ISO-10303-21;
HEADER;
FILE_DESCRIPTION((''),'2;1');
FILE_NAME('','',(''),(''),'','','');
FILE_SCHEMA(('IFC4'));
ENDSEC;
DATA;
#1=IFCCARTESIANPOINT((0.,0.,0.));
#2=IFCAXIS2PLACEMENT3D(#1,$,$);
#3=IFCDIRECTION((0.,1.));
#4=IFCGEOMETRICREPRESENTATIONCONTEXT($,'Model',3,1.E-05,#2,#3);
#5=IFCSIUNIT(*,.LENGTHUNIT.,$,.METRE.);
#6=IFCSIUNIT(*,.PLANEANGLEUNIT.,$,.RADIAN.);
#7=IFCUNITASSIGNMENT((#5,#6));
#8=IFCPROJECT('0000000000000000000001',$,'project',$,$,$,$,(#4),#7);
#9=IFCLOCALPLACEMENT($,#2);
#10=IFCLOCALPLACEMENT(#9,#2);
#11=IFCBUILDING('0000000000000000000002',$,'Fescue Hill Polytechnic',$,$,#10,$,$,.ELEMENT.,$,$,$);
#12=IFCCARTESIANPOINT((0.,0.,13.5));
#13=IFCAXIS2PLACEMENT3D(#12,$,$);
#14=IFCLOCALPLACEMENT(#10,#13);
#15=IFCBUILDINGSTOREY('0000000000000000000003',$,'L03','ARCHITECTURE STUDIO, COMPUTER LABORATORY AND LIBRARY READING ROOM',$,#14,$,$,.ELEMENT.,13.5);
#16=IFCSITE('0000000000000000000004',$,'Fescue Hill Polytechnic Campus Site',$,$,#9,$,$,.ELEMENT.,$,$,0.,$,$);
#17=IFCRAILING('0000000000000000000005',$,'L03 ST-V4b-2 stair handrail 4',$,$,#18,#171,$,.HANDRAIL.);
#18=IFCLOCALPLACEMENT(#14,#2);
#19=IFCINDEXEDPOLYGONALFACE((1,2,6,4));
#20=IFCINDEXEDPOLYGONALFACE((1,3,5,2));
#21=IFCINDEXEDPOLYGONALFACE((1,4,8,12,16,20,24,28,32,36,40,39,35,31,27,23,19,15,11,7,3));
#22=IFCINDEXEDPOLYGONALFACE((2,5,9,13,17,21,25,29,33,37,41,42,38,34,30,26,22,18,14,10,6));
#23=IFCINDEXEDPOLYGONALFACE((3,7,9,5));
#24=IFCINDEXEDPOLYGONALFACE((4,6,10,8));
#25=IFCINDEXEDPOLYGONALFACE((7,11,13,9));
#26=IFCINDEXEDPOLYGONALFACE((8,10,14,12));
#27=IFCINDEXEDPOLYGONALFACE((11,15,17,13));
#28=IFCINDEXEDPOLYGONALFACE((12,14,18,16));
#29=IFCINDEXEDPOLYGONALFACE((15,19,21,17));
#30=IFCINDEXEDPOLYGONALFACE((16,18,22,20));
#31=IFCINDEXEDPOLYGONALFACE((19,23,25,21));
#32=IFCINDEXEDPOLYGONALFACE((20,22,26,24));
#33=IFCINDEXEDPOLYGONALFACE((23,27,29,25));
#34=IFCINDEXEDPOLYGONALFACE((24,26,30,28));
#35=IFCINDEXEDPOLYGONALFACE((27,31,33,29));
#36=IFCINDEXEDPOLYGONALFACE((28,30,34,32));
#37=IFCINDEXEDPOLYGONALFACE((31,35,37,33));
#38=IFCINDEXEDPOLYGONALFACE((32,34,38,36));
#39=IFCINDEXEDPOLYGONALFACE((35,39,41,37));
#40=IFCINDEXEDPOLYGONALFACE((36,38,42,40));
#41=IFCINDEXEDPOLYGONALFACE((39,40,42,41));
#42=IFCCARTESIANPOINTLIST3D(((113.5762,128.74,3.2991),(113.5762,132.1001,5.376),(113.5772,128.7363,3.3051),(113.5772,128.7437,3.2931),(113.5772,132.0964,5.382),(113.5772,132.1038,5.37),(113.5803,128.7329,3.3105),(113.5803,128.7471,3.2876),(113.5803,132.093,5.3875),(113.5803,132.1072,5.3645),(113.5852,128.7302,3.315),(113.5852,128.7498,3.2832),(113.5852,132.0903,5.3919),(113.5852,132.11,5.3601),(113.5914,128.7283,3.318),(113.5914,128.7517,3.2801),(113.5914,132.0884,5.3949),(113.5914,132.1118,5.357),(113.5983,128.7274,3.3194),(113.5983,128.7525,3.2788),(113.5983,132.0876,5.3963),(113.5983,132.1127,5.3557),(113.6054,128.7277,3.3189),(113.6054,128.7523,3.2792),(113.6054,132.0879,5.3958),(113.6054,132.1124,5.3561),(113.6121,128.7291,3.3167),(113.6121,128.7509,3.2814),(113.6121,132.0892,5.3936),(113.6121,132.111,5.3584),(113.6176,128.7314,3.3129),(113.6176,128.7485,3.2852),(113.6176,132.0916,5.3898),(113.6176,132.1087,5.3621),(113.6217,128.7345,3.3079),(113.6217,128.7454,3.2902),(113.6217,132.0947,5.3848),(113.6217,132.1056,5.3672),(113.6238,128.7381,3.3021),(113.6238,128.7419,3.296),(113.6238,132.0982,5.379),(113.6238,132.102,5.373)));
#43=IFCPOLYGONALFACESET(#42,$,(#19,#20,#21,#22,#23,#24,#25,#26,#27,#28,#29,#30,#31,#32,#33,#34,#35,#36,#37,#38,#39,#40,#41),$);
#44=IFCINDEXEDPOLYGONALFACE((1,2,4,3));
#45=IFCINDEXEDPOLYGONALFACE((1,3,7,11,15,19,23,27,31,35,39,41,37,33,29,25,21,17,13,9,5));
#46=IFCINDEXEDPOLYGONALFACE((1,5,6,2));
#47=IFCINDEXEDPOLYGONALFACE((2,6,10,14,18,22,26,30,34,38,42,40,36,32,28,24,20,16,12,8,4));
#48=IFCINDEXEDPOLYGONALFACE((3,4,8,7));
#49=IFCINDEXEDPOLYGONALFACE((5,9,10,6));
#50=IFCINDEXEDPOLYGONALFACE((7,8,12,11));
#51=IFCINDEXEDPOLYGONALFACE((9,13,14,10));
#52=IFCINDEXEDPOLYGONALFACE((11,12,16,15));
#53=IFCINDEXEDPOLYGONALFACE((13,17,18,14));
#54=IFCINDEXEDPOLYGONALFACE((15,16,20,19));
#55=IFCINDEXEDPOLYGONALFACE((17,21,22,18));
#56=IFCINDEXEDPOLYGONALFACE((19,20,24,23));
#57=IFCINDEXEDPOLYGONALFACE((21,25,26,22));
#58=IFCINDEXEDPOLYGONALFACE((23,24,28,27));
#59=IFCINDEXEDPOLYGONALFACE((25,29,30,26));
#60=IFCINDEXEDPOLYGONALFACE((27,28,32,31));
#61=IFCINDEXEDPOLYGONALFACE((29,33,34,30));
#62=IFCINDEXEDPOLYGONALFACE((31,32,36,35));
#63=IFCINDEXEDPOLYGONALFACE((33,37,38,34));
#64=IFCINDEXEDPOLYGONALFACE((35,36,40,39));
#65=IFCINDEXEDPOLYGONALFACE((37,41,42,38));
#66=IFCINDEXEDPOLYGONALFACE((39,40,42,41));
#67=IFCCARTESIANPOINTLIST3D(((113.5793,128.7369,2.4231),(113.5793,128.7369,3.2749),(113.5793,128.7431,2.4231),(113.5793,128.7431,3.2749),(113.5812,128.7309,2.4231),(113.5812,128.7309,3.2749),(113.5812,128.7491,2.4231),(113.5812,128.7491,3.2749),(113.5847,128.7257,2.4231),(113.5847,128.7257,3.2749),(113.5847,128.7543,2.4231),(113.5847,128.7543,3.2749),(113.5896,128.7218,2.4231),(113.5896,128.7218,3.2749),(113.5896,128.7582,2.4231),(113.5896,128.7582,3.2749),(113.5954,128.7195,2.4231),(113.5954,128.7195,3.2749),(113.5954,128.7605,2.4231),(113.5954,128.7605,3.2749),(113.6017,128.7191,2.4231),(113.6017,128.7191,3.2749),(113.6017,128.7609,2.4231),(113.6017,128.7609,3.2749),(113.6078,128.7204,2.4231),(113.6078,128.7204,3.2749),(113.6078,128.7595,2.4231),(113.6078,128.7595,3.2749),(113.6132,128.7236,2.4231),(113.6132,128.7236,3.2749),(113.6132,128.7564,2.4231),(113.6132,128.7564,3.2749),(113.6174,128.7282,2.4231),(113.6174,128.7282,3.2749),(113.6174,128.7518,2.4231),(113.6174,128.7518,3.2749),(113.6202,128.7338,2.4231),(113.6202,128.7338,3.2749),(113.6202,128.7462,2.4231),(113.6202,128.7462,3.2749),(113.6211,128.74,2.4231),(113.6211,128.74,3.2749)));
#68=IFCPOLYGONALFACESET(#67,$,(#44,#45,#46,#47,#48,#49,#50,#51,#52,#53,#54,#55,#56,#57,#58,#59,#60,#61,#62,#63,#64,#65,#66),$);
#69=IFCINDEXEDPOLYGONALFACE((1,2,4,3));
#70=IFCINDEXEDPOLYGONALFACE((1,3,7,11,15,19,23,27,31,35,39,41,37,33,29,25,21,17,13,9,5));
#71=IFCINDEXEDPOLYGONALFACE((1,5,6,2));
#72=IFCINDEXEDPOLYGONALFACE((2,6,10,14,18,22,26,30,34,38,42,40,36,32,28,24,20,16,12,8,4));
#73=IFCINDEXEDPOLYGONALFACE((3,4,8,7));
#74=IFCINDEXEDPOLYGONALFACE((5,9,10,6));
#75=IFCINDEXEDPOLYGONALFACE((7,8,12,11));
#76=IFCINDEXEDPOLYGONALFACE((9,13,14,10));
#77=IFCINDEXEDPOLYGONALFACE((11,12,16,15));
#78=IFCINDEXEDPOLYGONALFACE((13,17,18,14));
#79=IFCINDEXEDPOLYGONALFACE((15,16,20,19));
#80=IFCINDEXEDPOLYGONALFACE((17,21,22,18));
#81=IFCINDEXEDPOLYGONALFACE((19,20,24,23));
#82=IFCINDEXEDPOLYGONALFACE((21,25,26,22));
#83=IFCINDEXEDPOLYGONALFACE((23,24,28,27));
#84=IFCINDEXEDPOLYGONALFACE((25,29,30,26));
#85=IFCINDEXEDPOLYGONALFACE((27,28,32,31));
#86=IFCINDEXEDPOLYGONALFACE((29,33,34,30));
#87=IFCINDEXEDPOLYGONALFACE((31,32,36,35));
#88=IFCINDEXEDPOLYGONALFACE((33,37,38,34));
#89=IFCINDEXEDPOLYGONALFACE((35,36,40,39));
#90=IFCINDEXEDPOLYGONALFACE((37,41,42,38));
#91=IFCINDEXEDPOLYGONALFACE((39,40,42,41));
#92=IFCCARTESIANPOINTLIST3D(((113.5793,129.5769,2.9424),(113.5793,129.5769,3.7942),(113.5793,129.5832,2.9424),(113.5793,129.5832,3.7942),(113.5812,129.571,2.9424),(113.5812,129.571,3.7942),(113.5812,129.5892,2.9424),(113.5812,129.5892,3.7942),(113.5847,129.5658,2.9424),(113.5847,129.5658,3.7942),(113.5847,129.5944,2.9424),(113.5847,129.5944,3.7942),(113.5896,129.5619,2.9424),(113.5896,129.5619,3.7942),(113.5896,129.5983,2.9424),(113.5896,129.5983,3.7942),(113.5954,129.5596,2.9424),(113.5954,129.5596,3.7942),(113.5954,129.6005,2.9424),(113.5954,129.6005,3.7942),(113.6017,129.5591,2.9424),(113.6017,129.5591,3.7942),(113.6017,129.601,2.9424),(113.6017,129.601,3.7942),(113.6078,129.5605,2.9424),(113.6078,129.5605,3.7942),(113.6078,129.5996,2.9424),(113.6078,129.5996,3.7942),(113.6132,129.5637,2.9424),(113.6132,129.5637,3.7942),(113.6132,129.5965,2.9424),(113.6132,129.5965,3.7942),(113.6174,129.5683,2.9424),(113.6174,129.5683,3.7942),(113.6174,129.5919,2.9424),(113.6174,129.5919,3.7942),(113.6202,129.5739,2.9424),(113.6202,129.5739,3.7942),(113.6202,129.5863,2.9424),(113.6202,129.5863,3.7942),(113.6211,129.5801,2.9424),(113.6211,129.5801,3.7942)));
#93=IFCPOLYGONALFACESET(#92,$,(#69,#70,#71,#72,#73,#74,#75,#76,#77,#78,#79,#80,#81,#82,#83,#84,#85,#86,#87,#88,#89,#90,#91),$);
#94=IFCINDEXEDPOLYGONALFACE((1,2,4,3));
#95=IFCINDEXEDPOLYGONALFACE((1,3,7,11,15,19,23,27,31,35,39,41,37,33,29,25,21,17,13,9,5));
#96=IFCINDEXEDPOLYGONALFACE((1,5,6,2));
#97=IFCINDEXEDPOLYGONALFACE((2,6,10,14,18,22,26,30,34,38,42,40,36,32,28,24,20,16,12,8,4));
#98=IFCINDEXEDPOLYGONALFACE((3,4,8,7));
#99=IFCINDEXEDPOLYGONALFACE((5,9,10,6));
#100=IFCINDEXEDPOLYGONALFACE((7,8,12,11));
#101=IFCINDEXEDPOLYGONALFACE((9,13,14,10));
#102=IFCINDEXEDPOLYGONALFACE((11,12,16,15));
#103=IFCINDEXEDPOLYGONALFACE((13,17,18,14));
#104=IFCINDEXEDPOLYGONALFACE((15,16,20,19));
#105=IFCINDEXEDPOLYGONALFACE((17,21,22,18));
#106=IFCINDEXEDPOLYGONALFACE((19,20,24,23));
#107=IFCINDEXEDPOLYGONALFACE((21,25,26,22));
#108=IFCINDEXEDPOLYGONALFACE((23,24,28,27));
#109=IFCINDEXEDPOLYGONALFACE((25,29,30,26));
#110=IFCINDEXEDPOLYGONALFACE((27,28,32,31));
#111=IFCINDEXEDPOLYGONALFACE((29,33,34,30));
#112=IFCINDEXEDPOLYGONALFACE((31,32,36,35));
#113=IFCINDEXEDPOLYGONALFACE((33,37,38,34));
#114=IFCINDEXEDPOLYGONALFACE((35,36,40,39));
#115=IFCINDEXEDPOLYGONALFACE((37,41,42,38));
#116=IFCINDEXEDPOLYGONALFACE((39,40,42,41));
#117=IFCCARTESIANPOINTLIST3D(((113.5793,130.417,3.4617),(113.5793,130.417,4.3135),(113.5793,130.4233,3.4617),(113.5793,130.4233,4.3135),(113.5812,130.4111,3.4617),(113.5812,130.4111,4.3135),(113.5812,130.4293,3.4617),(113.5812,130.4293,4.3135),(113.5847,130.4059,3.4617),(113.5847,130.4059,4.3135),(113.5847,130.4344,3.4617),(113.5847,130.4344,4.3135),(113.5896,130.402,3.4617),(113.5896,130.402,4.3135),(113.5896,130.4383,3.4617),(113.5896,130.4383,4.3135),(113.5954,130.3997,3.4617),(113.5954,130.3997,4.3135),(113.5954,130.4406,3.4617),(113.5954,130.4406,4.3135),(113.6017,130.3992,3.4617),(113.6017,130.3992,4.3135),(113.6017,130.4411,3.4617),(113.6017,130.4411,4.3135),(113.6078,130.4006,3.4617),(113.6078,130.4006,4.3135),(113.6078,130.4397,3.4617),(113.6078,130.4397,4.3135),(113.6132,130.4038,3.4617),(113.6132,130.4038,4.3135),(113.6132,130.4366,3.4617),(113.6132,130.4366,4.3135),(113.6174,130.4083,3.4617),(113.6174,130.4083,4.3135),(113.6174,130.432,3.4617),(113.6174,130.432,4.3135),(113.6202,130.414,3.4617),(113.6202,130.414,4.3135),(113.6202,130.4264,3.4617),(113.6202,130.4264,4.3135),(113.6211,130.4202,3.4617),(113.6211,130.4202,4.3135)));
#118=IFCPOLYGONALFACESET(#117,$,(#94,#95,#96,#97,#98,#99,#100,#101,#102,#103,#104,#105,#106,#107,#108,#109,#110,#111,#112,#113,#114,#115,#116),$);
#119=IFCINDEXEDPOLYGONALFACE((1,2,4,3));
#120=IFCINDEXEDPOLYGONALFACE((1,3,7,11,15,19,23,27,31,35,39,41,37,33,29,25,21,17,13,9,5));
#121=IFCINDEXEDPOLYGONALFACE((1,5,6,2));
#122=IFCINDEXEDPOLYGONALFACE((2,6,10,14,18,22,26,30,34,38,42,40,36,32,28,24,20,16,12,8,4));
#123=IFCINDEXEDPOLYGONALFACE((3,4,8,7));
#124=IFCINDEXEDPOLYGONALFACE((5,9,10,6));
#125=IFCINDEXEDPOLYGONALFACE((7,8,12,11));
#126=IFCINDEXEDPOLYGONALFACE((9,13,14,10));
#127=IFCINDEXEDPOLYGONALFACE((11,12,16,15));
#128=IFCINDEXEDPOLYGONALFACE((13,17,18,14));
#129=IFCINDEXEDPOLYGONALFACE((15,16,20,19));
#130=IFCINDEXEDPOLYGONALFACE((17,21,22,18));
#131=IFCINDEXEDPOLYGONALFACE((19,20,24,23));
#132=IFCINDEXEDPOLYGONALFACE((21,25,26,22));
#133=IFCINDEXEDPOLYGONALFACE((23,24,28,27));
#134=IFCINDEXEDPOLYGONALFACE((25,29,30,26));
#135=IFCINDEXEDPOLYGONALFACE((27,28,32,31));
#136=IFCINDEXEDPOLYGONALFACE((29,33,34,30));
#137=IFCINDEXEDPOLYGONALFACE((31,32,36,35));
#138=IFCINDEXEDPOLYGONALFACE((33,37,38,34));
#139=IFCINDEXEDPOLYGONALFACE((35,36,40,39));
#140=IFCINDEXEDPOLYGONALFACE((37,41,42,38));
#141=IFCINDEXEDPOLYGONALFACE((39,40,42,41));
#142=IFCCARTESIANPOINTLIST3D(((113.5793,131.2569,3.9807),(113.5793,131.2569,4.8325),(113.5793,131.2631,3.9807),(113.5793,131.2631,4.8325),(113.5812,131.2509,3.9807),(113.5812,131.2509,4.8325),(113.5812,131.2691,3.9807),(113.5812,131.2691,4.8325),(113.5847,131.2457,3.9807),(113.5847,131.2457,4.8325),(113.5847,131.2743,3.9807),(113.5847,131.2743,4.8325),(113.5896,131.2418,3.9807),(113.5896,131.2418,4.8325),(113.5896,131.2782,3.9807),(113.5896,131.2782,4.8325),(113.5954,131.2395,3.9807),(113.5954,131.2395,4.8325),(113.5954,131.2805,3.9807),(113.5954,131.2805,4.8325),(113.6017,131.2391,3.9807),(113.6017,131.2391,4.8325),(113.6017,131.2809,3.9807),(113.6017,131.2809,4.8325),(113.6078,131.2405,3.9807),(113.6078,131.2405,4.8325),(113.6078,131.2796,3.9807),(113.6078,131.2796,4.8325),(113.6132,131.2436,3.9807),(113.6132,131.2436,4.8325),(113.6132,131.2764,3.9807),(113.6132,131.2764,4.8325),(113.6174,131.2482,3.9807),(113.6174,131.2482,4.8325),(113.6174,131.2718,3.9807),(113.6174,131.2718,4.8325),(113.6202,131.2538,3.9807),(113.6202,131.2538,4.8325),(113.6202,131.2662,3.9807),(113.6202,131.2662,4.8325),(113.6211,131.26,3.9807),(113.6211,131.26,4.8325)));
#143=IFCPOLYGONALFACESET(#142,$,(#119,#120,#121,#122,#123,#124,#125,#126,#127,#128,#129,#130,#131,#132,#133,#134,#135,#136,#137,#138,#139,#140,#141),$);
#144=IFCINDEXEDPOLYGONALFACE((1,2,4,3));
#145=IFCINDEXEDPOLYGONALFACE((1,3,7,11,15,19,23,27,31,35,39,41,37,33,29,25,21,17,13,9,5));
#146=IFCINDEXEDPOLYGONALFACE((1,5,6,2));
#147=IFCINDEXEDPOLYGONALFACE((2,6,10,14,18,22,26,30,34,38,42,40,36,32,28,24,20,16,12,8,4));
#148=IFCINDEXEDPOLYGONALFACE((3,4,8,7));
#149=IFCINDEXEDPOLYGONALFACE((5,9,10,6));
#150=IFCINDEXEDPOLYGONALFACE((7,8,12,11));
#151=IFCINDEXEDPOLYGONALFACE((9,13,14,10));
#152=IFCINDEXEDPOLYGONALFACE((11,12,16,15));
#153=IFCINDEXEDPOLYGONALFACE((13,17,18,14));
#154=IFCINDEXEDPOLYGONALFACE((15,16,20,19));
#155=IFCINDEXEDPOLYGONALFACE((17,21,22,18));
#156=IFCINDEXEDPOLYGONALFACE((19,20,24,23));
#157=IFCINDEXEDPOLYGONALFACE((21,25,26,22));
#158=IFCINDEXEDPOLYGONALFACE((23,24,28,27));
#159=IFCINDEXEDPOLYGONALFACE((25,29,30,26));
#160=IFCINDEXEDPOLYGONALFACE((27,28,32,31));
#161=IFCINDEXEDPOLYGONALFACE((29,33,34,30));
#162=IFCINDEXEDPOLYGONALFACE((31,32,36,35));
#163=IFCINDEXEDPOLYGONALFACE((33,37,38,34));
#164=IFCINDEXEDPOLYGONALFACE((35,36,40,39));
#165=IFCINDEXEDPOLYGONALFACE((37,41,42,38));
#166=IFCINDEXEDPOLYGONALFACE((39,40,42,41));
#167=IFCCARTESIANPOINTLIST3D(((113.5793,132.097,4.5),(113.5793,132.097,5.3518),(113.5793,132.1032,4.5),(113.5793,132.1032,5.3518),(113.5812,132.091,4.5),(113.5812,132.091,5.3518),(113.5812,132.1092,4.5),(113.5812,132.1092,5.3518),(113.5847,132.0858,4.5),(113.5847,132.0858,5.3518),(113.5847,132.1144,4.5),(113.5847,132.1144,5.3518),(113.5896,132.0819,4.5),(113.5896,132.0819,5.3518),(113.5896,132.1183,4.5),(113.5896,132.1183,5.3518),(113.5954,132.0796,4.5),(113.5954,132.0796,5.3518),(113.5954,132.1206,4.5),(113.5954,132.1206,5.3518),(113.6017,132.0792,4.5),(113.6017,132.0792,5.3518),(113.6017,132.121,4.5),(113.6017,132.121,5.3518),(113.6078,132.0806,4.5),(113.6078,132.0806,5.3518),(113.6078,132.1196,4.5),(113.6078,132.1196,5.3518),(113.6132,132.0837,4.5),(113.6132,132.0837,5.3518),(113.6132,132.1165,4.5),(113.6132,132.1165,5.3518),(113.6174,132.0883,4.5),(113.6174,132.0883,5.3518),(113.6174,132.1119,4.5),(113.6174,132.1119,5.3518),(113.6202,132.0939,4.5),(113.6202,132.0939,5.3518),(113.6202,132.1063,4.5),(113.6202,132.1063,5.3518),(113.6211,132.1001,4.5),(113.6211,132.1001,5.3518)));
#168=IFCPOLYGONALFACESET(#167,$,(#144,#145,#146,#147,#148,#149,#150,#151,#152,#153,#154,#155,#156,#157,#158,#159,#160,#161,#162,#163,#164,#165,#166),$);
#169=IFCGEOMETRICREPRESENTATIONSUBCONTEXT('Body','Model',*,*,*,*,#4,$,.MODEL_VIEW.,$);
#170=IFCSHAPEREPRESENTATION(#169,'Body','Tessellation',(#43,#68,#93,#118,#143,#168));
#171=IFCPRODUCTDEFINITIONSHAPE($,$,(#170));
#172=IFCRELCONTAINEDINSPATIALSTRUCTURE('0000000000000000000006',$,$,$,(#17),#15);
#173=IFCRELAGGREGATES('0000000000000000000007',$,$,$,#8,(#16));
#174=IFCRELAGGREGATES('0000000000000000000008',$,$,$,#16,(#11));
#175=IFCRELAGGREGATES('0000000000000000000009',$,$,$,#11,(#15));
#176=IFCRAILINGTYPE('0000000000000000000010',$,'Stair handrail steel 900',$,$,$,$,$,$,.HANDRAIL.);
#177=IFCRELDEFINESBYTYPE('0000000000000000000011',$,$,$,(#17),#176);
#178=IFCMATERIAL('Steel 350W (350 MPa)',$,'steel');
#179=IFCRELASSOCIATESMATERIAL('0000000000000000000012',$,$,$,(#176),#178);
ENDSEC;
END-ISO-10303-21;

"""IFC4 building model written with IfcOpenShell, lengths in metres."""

from ifc_helpers import new_model, si_unit, direction, frame, origin, origin_2d, place, context, subcontext, project, spatial, circle, extrude, material, type_object, element, save


model = new_model("IFC4")

# Units and contexts
model_context = context("Model", 3, precision=1e-05, world=origin(), true_north=direction((0.0, 1.0)))
body_context = subcontext(model_context, "Body", "Model", "MODEL_VIEW")
ifc_project = project(units=[si_unit("LENGTHUNIT", "METRE"), si_unit("PLANEANGLEUNIT", "RADIAN")], contexts=[model_context])

# Site, building, storey
site_placement = place(None, origin())
site = spatial("IfcSite", under=ifc_project, at=site_placement, Name="Fescue Hill Polytechnic Campus Site", CompositionType="ELEMENT", RefElevation=0.0)
building_placement = place(site_placement, origin())
building = spatial("IfcBuilding", under=site, at=building_placement, Name="Fescue Hill Polytechnic", CompositionType="ELEMENT")
storey_placement = place(building_placement, frame((0.0, 0.0, 13.5)))
storey = spatial("IfcBuildingStorey", under=building, at=storey_placement, Name="L03", Description="ARCHITECTURE STUDIO, COMPUTER LABORATORY AND LIBRARY READING ROOM", CompositionType="ELEMENT", Elevation=13.5)

# Railing
ifc_material_1 = material(Name="Steel 350W (350 MPa)", Category="steel")
railing_type_1 = type_object("IfcRailingType", Name="Stair handrail steel 900", PredefinedType="HANDRAIL", material=ifc_material_1)
for number, where, name in (
    (1, (113.6001, 128.74, 2.4231), "L03 ST-V4b-2 stair handrail 4"),
):
    element("IfcRailing", number, at=place(storey_placement, frame(where)), inside=storey, type_object=railing_type_1, Name=name, PredefinedType="HANDRAIL", context=body_context, shape_type="SweptSolid", body=[
        extrude(circle(Radius=0.0239, at=origin_2d()), frame((0.0, 0.0, 0.876), z_axis=(0.0, 0.850623, 0.525776), x_axis=(-1.0, 0.0, 0.0)), (0.0, 0.0, 1.0), 3.9502),
        extrude(circle(Radius=0.021, at=origin_2d()), origin(), (0.0, 0.0, 1.0), 0.8518),
        extrude(circle(Radius=0.021, at=origin_2d()), frame((0.0, 0.8401, 0.5193)), (0.0, 0.0, 1.0), 0.8518),
        extrude(circle(Radius=0.021, at=origin_2d()), frame((0.0, 1.6802, 1.0386)), (0.0, 0.0, 1.0), 0.8518),
        extrude(circle(Radius=0.021, at=origin_2d()), frame((0.0, 2.52, 1.5576)), (0.0, 0.0, 1.0), 0.8518),
        extrude(circle(Radius=0.021, at=origin_2d()), frame((0.0, 3.3601, 2.0769)), (0.0, 0.0, 1.0), 0.8518),
    ])

save(model, "model.ifc")
